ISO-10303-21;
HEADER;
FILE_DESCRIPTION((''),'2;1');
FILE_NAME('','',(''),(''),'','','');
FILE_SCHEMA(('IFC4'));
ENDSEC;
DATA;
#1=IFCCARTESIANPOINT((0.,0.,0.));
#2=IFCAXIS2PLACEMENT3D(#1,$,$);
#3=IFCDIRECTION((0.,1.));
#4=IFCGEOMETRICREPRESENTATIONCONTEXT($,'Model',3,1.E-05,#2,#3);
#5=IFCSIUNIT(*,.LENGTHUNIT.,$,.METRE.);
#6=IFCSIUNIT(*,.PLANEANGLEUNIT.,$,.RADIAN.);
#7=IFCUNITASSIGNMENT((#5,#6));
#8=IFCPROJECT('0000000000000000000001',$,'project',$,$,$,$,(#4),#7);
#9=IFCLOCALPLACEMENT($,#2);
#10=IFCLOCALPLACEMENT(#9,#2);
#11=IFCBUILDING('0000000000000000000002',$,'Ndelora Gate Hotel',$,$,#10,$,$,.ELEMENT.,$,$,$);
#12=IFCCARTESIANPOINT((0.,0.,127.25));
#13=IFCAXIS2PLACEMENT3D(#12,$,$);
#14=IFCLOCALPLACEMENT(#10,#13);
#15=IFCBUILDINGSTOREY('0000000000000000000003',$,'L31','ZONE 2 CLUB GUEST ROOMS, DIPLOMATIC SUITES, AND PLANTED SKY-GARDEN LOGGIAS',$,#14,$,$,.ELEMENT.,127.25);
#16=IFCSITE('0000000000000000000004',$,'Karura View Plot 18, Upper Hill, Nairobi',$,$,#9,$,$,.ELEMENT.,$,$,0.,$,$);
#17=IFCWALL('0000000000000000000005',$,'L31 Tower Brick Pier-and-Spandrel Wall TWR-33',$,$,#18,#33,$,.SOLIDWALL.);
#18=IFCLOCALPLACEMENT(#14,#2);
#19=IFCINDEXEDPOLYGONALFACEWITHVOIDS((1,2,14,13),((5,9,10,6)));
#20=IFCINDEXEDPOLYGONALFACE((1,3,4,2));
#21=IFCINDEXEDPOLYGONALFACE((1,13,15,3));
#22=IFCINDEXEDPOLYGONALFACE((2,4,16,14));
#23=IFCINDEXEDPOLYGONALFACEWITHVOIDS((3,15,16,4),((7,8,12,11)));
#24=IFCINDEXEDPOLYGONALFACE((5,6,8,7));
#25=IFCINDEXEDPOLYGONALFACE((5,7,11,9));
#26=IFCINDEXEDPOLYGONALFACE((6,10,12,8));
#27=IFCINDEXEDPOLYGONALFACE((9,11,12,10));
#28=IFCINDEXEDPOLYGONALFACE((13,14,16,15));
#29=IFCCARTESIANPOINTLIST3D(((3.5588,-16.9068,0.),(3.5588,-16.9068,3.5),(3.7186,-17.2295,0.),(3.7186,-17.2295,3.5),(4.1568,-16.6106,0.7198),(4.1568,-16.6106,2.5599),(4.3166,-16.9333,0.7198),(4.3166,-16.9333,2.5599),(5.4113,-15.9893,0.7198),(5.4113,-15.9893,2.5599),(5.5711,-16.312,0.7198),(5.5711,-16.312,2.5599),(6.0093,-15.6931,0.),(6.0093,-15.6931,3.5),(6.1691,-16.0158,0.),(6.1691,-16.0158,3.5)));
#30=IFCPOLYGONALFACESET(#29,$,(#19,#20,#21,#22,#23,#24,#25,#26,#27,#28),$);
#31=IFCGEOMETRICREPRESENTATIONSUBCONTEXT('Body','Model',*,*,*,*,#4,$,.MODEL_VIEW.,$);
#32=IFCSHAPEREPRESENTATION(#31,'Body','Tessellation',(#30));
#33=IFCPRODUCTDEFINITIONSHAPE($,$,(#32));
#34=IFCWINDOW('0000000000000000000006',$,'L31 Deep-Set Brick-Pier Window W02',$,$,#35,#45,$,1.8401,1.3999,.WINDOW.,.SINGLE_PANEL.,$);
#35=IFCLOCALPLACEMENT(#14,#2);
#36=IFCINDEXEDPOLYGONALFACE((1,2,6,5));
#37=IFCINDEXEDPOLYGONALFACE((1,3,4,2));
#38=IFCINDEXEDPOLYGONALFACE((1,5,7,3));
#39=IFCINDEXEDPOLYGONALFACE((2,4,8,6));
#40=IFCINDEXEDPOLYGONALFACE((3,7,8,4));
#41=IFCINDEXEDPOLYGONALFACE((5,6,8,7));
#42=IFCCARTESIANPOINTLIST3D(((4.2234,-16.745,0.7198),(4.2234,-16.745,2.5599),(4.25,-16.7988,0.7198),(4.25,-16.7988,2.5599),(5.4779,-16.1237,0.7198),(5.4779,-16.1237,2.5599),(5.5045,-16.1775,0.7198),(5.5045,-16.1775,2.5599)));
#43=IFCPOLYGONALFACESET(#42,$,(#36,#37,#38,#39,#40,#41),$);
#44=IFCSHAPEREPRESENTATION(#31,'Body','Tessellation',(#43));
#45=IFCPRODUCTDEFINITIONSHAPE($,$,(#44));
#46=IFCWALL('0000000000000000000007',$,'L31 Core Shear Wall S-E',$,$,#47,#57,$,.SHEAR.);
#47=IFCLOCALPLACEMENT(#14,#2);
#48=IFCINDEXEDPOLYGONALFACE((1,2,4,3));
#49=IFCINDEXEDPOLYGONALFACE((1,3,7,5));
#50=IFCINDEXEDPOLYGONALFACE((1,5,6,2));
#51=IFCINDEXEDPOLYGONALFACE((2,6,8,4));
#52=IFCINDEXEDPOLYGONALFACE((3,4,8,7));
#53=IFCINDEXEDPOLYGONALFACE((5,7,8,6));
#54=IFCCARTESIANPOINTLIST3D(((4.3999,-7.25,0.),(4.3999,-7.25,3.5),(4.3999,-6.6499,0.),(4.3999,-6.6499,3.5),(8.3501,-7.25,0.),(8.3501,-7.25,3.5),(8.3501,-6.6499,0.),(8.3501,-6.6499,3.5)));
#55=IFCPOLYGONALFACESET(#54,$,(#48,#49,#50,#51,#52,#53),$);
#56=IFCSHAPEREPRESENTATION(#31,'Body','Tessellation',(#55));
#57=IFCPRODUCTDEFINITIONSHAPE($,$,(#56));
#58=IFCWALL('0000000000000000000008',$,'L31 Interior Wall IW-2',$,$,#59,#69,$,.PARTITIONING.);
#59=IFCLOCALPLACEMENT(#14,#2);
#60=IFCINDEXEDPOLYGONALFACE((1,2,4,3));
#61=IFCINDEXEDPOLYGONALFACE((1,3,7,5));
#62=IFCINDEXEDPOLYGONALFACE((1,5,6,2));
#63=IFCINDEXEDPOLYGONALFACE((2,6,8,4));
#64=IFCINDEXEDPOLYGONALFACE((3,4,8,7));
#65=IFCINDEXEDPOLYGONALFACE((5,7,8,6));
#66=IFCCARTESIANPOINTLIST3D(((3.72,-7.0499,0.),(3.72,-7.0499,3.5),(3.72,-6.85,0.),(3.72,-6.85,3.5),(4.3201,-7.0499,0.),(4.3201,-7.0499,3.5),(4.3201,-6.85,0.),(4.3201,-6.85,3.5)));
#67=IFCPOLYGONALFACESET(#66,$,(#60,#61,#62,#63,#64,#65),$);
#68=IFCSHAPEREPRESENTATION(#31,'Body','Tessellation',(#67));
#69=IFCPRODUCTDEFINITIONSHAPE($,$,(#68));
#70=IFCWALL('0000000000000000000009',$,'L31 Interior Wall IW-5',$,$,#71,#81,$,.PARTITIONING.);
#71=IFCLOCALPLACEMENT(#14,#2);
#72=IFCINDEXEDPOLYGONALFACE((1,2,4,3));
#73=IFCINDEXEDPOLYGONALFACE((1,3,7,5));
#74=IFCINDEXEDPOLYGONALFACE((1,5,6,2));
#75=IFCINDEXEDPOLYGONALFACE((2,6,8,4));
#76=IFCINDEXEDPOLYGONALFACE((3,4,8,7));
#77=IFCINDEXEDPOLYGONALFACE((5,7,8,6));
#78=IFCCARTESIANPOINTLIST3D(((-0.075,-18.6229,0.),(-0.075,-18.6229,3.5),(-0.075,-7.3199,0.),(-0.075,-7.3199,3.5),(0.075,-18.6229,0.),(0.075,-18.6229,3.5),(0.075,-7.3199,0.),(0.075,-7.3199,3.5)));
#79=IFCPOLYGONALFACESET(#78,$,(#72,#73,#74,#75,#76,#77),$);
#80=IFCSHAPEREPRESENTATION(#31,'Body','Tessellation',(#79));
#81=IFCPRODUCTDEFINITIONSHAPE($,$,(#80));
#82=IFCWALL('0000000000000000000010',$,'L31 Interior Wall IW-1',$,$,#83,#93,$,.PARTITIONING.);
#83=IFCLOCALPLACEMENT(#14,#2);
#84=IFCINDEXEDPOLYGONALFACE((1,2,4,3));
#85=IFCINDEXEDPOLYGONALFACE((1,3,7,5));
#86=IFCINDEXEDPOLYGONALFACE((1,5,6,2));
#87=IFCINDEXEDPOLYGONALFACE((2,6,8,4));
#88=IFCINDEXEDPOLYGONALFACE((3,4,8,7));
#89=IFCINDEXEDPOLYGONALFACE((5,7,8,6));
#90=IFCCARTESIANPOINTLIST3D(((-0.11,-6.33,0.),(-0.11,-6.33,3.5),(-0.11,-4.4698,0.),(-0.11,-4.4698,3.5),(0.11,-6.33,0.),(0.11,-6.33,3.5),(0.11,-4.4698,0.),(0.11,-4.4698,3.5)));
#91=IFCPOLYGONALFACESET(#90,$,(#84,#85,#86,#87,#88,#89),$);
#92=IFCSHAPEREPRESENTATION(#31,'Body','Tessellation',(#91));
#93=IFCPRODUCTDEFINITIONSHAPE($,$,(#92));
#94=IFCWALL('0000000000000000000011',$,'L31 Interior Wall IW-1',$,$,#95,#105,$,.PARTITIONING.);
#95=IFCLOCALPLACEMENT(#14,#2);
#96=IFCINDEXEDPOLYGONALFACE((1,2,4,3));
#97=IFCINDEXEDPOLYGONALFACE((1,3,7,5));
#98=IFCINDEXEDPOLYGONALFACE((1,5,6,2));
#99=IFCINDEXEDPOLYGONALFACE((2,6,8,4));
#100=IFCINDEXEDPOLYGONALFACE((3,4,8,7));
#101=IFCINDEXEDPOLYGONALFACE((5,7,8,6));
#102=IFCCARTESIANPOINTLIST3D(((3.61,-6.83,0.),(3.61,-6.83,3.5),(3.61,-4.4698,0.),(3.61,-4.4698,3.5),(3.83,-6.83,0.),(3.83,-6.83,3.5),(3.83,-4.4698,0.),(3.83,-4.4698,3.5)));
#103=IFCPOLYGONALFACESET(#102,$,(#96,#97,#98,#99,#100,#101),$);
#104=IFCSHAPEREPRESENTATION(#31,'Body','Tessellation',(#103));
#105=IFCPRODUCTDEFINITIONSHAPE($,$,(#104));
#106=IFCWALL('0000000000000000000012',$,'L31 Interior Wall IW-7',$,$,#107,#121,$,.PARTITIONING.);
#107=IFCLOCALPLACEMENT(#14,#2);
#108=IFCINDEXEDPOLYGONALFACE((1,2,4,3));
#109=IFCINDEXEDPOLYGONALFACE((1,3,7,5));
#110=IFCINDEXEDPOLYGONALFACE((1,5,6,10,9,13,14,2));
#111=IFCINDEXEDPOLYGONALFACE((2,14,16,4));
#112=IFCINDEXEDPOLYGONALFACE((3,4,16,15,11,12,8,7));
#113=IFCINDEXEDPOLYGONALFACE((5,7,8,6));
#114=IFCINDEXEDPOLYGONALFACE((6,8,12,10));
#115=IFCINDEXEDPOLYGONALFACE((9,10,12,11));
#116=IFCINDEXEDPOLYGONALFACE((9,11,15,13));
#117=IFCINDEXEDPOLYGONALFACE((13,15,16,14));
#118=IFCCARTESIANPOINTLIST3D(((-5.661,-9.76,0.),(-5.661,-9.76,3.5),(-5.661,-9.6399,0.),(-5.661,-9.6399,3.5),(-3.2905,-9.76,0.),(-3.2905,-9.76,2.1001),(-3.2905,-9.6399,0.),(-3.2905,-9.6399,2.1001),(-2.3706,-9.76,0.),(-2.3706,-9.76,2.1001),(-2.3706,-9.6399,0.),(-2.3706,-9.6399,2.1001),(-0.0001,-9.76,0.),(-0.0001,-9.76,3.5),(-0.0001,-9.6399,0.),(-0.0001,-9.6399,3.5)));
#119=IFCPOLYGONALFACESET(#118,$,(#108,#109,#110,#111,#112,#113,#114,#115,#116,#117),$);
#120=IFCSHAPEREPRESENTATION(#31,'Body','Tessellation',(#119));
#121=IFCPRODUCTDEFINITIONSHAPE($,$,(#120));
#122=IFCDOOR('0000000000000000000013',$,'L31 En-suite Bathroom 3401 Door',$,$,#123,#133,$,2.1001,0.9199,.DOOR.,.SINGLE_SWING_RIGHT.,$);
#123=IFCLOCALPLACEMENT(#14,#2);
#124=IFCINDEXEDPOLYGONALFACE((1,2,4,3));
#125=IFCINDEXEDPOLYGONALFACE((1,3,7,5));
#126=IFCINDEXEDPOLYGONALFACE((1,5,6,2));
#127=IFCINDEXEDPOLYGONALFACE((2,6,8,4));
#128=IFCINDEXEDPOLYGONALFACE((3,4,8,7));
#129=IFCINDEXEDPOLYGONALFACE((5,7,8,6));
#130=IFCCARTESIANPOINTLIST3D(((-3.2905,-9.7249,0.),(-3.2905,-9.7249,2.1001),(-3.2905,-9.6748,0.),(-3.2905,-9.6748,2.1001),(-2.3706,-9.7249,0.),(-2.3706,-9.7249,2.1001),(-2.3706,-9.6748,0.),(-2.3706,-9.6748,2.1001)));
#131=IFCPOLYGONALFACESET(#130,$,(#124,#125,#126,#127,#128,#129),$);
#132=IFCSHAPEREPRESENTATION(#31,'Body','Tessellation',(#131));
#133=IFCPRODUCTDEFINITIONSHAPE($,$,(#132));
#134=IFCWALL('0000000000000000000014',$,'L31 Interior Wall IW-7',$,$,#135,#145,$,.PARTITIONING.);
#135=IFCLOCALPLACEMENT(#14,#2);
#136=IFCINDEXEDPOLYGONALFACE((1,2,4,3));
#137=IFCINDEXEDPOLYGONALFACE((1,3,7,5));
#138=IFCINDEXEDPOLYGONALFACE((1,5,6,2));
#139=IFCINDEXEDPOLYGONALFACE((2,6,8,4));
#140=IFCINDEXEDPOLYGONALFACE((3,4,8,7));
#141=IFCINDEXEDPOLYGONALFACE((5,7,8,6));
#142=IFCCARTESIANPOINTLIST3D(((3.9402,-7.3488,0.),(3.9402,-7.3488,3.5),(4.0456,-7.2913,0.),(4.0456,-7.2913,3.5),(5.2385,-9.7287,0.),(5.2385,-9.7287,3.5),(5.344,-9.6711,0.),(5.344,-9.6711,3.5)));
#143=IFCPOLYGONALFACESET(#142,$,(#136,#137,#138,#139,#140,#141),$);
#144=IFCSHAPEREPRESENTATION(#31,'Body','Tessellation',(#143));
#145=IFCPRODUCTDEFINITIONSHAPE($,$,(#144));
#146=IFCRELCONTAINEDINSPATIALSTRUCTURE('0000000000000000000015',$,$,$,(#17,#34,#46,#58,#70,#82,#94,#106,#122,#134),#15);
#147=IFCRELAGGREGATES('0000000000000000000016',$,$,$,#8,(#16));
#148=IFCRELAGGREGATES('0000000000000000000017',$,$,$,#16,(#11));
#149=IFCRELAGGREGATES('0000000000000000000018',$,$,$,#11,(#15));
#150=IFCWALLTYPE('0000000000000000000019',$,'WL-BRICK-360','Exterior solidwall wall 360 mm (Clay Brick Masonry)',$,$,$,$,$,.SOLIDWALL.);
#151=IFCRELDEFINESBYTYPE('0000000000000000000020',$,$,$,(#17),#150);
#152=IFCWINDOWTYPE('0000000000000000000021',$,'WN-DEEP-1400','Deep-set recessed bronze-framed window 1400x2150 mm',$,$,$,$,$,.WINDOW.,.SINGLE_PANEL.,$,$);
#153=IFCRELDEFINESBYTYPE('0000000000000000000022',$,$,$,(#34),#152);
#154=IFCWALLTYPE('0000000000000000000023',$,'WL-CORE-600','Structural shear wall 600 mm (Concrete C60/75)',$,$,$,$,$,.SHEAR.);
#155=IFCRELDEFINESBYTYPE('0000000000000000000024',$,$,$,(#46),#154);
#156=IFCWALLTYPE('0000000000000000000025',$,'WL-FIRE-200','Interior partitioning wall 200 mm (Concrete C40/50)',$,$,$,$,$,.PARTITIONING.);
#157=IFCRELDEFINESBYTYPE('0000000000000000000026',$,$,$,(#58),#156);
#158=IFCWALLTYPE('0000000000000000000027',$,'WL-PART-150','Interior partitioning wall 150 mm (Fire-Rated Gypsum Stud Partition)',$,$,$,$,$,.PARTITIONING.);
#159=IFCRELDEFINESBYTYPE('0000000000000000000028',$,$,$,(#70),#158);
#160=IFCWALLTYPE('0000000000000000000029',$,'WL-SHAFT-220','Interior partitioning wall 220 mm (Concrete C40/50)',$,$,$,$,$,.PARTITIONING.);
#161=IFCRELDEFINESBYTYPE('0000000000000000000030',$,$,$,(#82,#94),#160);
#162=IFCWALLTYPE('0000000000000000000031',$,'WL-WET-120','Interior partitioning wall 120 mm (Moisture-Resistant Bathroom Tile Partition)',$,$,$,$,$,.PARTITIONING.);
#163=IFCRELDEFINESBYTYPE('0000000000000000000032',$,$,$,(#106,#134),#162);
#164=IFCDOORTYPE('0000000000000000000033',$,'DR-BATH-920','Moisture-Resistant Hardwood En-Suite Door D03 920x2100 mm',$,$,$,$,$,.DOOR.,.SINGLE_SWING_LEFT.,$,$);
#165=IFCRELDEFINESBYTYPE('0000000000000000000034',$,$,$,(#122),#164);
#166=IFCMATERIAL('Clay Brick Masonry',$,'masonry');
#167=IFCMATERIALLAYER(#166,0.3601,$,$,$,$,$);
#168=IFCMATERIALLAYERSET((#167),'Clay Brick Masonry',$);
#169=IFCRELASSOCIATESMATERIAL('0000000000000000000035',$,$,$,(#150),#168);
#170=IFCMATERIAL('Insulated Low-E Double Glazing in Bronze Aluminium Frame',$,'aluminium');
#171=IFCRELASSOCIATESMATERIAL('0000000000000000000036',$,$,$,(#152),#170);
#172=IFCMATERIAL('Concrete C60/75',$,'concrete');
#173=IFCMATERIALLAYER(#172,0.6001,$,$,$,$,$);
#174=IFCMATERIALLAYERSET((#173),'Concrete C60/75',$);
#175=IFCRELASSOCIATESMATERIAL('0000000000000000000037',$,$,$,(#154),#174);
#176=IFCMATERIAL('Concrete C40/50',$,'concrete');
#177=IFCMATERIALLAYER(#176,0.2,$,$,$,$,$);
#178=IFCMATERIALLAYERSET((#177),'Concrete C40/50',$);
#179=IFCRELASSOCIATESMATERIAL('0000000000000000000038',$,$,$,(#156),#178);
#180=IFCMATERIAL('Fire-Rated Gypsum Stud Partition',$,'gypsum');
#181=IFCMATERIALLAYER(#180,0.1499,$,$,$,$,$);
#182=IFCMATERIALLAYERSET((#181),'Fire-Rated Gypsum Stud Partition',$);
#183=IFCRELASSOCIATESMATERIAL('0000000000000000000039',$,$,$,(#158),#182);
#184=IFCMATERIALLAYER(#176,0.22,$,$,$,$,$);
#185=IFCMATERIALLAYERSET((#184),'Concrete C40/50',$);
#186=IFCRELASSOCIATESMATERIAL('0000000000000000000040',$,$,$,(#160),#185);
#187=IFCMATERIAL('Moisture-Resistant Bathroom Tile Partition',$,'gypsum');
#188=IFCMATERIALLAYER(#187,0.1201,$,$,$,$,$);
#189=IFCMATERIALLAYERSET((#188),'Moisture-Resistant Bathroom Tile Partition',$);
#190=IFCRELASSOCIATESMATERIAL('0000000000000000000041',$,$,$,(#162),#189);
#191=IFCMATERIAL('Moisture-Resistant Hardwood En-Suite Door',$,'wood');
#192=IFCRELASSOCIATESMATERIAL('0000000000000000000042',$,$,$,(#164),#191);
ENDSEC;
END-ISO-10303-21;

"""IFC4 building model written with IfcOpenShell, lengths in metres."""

from ifc_helpers import new_model, si_unit, direction, frame, frame_2d, origin, place, context, subcontext, project, spatial, rectangle, extrude, material, layer, layer_set, type_object, element, fill, save


model = new_model("IFC4")

# Units and contexts
model_context = context("Model", 3, precision=1e-05, world=origin(), true_north=direction((0.0, 1.0)))
body_context = subcontext(model_context, "Body", "Model", "MODEL_VIEW")
ifc_project = project(units=[si_unit("LENGTHUNIT", "METRE"), si_unit("PLANEANGLEUNIT", "RADIAN")], contexts=[model_context])

# Site, building, storey
site_placement = place(None, origin())
site = spatial("IfcSite", under=ifc_project, at=site_placement, Name="Karura View Plot 18, Upper Hill, Nairobi", CompositionType="ELEMENT", RefElevation=0.0)
building_placement = place(site_placement, origin())
building = spatial("IfcBuilding", under=site, at=building_placement, Name="Ndelora Gate Hotel", CompositionType="ELEMENT")
storey_placement = place(building_placement, frame((0.0, 0.0, 127.25)))
storey = spatial("IfcBuildingStorey", under=building, at=storey_placement, Name="L31", Description="ZONE 2 CLUB GUEST ROOMS, DIPLOMATIC SUITES, AND PLANTED SKY-GARDEN LOGGIAS", CompositionType="ELEMENT", Elevation=127.25)

# Shared definitions
ifc_material_1 = material(Name="Concrete C60/75", Category="concrete")

# Shared definitions
ifc_material_2 = material(Name="Clay Brick Masonry", Category="masonry")
ifc_layer_1 = layer(ifc_material_2, 0.3601)
ifc_layer_set_1 = layer_set([ifc_layer_1], Name="Clay Brick Masonry")
wall_type_1 = type_object("IfcWallType", Name="WL-BRICK-360", Description="Exterior solidwall wall 360 mm (Clay Brick Masonry)", PredefinedType="SOLIDWALL", material=ifc_layer_set_1)

# Wall, opening, window
ifc_material_3 = material(Name="Insulated Low-E Double Glazing in Bronze Aluminium Frame", Category="aluminium")
window_type = type_object("IfcWindowType", Name="WN-DEEP-1400", Description="Deep-set recessed bronze-framed window 1400x2150 mm", PartitioningType="SINGLE_PANEL", PredefinedType="WINDOW", material=ifc_material_3)
wall_1_placement = place(storey_placement, frame((6.0891, -15.8545, 0.0), z_axis=(0.0, 0.0, 1.0), x_axis=(-0.896117, -0.443818, 0.0)))
wall_1 = element("IfcWall", 1, at=wall_1_placement, inside=storey, type_object=wall_type_1, Name="L31 Tower Brick Pier-and-Spandrel Wall TWR-33", PredefinedType="SOLIDWALL", context=body_context, shape_type="SweptSolid", body=[
    extrude(rectangle(XDim=2.7346, YDim=0.3601, at=frame_2d((1.3672, 0.0))), origin(), (0.0, 0.0, 1.0), 3.5),
])
opening_1_placement = place(wall_1_placement, frame((0.6672, 0.0, 0.72)))
opening_1 = element("IfcOpeningElement", 2, at=opening_1_placement, cuts=wall_1, PredefinedType="OPENING", context=body_context, shape_type="SweptSolid", body=[
    extrude(rectangle(XDim=1.3999, YDim=1.8401, at=frame_2d((0.7, 0.9199))), frame((0.0, 0.1899, 0.0), z_axis=(0.0, -1.0, 0.0), x_axis=(1.0, 0.0, 0.0)), (0.0, 0.0, 1.0), 0.3801),
])
window_1_placement = place(opening_1_placement, origin())
window_1 = element("IfcWindow", 3, at=window_1_placement, inside=storey, type_object=window_type, Name="L31 Deep-Set Brick-Pier Window W02", OverallHeight=1.8401, OverallWidth=1.3999, PartitioningType="SINGLE_PANEL", PredefinedType="WINDOW", context=body_context, shape_type="SweptSolid", body=[
    extrude(rectangle(XDim=1.3999, YDim=1.8401, at=frame_2d((0.7, 0.9199))), frame((0.0, 0.03, 0.0), z_axis=(0.0, -1.0, 0.0), x_axis=(1.0, 0.0, 0.0)), (0.0, 0.0, 1.0), 0.0601),
])
fill(opening_1, window_1)

# Walls
ifc_layer_2 = layer(ifc_material_1, 0.6001)
ifc_layer_set_2 = layer_set([ifc_layer_2], Name="Concrete C60/75")
wall_type_2 = type_object("IfcWallType", Name="WL-CORE-600", Description="Structural shear wall 600 mm (Concrete C60/75)", PredefinedType="SHEAR", material=ifc_layer_set_2)
wall_2_placement = place(storey_placement, frame((4.3999, -6.95, 0.0), z_axis=(0.0, 0.0, 1.0), x_axis=(1.0, 0.0, 0.0)))
element("IfcWall", 4, at=wall_2_placement, inside=storey, type_object=wall_type_2, Name="L31 Core Shear Wall S-E", PredefinedType="SHEAR", context=body_context, shape_type="SweptSolid", body=[
    extrude(rectangle(XDim=3.9502, YDim=0.6001, at=frame_2d((1.9751, 0.0))), origin(), (0.0, 0.0, 1.0), 3.5),
])
ifc_material_4 = material(Name="Concrete C40/50", Category="concrete")
ifc_layer_3 = layer(ifc_material_4, 0.2)
ifc_layer_set_3 = layer_set([ifc_layer_3], Name="Concrete C40/50")
wall_type_3 = type_object("IfcWallType", Name="WL-FIRE-200", Description="Interior partitioning wall 200 mm (Concrete C40/50)", PredefinedType="PARTITIONING", material=ifc_layer_set_3)
wall_3_placement = place(storey_placement, frame((3.72, -6.95, 0.0), z_axis=(0.0, 0.0, 1.0), x_axis=(1.0, 0.0, 0.0)))
element("IfcWall", 5, at=wall_3_placement, inside=storey, type_object=wall_type_3, Name="L31 Interior Wall IW-2", PredefinedType="PARTITIONING", context=body_context, shape_type="SweptSolid", body=[
    extrude(rectangle(XDim=0.6001, YDim=0.2, at=frame_2d((0.3, 0.0))), origin(), (0.0, 0.0, 1.0), 3.5),
])
ifc_material_5 = material(Name="Fire-Rated Gypsum Stud Partition", Category="gypsum")
ifc_layer_4 = layer(ifc_material_5, 0.1499)
ifc_layer_set_4 = layer_set([ifc_layer_4], Name="Fire-Rated Gypsum Stud Partition")
wall_type_4 = type_object("IfcWallType", Name="WL-PART-150", Description="Interior partitioning wall 150 mm (Fire-Rated Gypsum Stud Partition)", PredefinedType="PARTITIONING", material=ifc_layer_set_4)
wall_4_placement = place(storey_placement, frame((0.0, -7.3201, 0.0), z_axis=(0.0, 0.0, 1.0), x_axis=(0.0, -1.0, 0.0)))
element("IfcWall", 6, at=wall_4_placement, inside=storey, type_object=wall_type_4, Name="L31 Interior Wall IW-5", PredefinedType="PARTITIONING", context=body_context, shape_type="SweptSolid", body=[
    extrude(rectangle(XDim=11.303, YDim=0.1499, at=frame_2d((5.6514, 0.0))), origin(), (0.0, 0.0, 1.0), 3.5),
])

# Shared definitions
ifc_layer_5 = layer(ifc_material_4, 0.22)
ifc_layer_set_5 = layer_set([ifc_layer_5], Name="Concrete C40/50")
wall_type_5 = type_object("IfcWallType", Name="WL-SHAFT-220", Description="Interior partitioning wall 220 mm (Concrete C40/50)", PredefinedType="PARTITIONING", material=ifc_layer_set_5)

# Wall
wall_5_placement = place(storey_placement, frame((0.0, -6.3301, 0.0), z_axis=(0.0, 0.0, 1.0), x_axis=(0.0, 1.0, 0.0)))
element("IfcWall", 7, at=wall_5_placement, inside=storey, type_object=wall_type_5, Name="L31 Interior Wall IW-1", PredefinedType="PARTITIONING", context=body_context, shape_type="SweptSolid", body=[
    extrude(rectangle(XDim=1.8601, YDim=0.22, at=frame_2d((0.9302, 0.0))), origin(), (0.0, 0.0, 1.0), 3.5),
])

# Wall
wall_6_placement = place(storey_placement, frame((3.72, -6.8301, 0.0), z_axis=(0.0, 0.0, 1.0), x_axis=(0.0, 1.0, 0.0)))
element("IfcWall", 8, at=wall_6_placement, inside=storey, type_object=wall_type_5, Name="L31 Interior Wall IW-1", PredefinedType="PARTITIONING", context=body_context, shape_type="SweptSolid", body=[
    extrude(rectangle(XDim=2.3601, YDim=0.22, at=frame_2d((1.1802, 0.0))), origin(), (0.0, 0.0, 1.0), 3.5),
])

# Wall, opening, door
ifc_material_6 = material(Name="Moisture-Resistant Bathroom Tile Partition", Category="gypsum")
ifc_layer_6 = layer(ifc_material_6, 0.1201)
ifc_layer_set_6 = layer_set([ifc_layer_6], Name="Moisture-Resistant Bathroom Tile Partition")
wall_type_6 = type_object("IfcWallType", Name="WL-WET-120", Description="Interior partitioning wall 120 mm (Moisture-Resistant Bathroom Tile Partition)", PredefinedType="PARTITIONING", material=ifc_layer_set_6)
wall_7_placement = place(storey_placement, frame((0.0, -9.7, 0.0), z_axis=(0.0, 0.0, 1.0), x_axis=(-1.0, 0.0, 0.0)))
wall_7 = element("IfcWall", 9, at=wall_7_placement, inside=storey, type_object=wall_type_6, Name="L31 Interior Wall IW-7", PredefinedType="PARTITIONING", context=body_context, shape_type="SweptSolid", body=[
    extrude(rectangle(XDim=5.6609, YDim=0.1201, at=frame_2d((2.8306, 0.0))), origin(), (0.0, 0.0, 1.0), 3.5),
])
opening_2_placement = place(wall_7_placement, frame((2.3706, 0.0, 0.0)))
opening_2 = element("IfcOpeningElement", 10, at=opening_2_placement, cuts=wall_7, PredefinedType="OPENING", context=body_context, shape_type="SweptSolid", body=[
    extrude(rectangle(XDim=0.9199, YDim=2.1001, at=frame_2d((0.46, 1.05))), frame((0.0, 0.0701, 0.0), z_axis=(0.0, -1.0, 0.0), x_axis=(1.0, 0.0, 0.0)), (0.0, 0.0, 1.0), 0.1401),
])
ifc_material_7 = material(Name="Moisture-Resistant Hardwood En-Suite Door", Category="wood")
door_type_1 = type_object("IfcDoorType", Name="DR-BATH-920", Description="Moisture-Resistant Hardwood En-Suite Door D03 920x2100 mm", OperationType="SINGLE_SWING_LEFT", PredefinedType="DOOR", material=ifc_material_7)
door_1_placement = place(opening_2_placement, origin())
door_1 = element("IfcDoor", 11, at=door_1_placement, inside=storey, type_object=door_type_1, Name="L31 En-suite Bathroom 3401 Door", OperationType="SINGLE_SWING_RIGHT", OverallHeight=2.1001, OverallWidth=0.9199, PredefinedType="DOOR", context=body_context, shape_type="SweptSolid", body=[
    extrude(rectangle(XDim=0.9199, YDim=2.1001, at=frame_2d((0.46, 1.05))), frame((0.0, 0.0249, 0.0), z_axis=(0.0, -1.0, 0.0), x_axis=(1.0, 0.0, 0.0)), (0.0, 0.0, 1.0), 0.05),
])
fill(opening_2, door_1)

# Wall
wall_8_placement = place(storey_placement, frame((3.9929, -7.3201, 0.0), z_axis=(0.0, 0.0, 1.0), x_axis=(0.478915, -0.877861, 0.0)))
element("IfcWall", 12, at=wall_8_placement, inside=storey, type_object=wall_type_6, Name="L31 Interior Wall IW-7", PredefinedType="PARTITIONING", context=body_context, shape_type="SweptSolid", body=[
    extrude(rectangle(XDim=2.7109, YDim=0.1201, at=frame_2d((1.3555, 0.0))), origin(), (0.0, 0.0, 1.0), 3.5),
])

save(model, "model.ifc")
